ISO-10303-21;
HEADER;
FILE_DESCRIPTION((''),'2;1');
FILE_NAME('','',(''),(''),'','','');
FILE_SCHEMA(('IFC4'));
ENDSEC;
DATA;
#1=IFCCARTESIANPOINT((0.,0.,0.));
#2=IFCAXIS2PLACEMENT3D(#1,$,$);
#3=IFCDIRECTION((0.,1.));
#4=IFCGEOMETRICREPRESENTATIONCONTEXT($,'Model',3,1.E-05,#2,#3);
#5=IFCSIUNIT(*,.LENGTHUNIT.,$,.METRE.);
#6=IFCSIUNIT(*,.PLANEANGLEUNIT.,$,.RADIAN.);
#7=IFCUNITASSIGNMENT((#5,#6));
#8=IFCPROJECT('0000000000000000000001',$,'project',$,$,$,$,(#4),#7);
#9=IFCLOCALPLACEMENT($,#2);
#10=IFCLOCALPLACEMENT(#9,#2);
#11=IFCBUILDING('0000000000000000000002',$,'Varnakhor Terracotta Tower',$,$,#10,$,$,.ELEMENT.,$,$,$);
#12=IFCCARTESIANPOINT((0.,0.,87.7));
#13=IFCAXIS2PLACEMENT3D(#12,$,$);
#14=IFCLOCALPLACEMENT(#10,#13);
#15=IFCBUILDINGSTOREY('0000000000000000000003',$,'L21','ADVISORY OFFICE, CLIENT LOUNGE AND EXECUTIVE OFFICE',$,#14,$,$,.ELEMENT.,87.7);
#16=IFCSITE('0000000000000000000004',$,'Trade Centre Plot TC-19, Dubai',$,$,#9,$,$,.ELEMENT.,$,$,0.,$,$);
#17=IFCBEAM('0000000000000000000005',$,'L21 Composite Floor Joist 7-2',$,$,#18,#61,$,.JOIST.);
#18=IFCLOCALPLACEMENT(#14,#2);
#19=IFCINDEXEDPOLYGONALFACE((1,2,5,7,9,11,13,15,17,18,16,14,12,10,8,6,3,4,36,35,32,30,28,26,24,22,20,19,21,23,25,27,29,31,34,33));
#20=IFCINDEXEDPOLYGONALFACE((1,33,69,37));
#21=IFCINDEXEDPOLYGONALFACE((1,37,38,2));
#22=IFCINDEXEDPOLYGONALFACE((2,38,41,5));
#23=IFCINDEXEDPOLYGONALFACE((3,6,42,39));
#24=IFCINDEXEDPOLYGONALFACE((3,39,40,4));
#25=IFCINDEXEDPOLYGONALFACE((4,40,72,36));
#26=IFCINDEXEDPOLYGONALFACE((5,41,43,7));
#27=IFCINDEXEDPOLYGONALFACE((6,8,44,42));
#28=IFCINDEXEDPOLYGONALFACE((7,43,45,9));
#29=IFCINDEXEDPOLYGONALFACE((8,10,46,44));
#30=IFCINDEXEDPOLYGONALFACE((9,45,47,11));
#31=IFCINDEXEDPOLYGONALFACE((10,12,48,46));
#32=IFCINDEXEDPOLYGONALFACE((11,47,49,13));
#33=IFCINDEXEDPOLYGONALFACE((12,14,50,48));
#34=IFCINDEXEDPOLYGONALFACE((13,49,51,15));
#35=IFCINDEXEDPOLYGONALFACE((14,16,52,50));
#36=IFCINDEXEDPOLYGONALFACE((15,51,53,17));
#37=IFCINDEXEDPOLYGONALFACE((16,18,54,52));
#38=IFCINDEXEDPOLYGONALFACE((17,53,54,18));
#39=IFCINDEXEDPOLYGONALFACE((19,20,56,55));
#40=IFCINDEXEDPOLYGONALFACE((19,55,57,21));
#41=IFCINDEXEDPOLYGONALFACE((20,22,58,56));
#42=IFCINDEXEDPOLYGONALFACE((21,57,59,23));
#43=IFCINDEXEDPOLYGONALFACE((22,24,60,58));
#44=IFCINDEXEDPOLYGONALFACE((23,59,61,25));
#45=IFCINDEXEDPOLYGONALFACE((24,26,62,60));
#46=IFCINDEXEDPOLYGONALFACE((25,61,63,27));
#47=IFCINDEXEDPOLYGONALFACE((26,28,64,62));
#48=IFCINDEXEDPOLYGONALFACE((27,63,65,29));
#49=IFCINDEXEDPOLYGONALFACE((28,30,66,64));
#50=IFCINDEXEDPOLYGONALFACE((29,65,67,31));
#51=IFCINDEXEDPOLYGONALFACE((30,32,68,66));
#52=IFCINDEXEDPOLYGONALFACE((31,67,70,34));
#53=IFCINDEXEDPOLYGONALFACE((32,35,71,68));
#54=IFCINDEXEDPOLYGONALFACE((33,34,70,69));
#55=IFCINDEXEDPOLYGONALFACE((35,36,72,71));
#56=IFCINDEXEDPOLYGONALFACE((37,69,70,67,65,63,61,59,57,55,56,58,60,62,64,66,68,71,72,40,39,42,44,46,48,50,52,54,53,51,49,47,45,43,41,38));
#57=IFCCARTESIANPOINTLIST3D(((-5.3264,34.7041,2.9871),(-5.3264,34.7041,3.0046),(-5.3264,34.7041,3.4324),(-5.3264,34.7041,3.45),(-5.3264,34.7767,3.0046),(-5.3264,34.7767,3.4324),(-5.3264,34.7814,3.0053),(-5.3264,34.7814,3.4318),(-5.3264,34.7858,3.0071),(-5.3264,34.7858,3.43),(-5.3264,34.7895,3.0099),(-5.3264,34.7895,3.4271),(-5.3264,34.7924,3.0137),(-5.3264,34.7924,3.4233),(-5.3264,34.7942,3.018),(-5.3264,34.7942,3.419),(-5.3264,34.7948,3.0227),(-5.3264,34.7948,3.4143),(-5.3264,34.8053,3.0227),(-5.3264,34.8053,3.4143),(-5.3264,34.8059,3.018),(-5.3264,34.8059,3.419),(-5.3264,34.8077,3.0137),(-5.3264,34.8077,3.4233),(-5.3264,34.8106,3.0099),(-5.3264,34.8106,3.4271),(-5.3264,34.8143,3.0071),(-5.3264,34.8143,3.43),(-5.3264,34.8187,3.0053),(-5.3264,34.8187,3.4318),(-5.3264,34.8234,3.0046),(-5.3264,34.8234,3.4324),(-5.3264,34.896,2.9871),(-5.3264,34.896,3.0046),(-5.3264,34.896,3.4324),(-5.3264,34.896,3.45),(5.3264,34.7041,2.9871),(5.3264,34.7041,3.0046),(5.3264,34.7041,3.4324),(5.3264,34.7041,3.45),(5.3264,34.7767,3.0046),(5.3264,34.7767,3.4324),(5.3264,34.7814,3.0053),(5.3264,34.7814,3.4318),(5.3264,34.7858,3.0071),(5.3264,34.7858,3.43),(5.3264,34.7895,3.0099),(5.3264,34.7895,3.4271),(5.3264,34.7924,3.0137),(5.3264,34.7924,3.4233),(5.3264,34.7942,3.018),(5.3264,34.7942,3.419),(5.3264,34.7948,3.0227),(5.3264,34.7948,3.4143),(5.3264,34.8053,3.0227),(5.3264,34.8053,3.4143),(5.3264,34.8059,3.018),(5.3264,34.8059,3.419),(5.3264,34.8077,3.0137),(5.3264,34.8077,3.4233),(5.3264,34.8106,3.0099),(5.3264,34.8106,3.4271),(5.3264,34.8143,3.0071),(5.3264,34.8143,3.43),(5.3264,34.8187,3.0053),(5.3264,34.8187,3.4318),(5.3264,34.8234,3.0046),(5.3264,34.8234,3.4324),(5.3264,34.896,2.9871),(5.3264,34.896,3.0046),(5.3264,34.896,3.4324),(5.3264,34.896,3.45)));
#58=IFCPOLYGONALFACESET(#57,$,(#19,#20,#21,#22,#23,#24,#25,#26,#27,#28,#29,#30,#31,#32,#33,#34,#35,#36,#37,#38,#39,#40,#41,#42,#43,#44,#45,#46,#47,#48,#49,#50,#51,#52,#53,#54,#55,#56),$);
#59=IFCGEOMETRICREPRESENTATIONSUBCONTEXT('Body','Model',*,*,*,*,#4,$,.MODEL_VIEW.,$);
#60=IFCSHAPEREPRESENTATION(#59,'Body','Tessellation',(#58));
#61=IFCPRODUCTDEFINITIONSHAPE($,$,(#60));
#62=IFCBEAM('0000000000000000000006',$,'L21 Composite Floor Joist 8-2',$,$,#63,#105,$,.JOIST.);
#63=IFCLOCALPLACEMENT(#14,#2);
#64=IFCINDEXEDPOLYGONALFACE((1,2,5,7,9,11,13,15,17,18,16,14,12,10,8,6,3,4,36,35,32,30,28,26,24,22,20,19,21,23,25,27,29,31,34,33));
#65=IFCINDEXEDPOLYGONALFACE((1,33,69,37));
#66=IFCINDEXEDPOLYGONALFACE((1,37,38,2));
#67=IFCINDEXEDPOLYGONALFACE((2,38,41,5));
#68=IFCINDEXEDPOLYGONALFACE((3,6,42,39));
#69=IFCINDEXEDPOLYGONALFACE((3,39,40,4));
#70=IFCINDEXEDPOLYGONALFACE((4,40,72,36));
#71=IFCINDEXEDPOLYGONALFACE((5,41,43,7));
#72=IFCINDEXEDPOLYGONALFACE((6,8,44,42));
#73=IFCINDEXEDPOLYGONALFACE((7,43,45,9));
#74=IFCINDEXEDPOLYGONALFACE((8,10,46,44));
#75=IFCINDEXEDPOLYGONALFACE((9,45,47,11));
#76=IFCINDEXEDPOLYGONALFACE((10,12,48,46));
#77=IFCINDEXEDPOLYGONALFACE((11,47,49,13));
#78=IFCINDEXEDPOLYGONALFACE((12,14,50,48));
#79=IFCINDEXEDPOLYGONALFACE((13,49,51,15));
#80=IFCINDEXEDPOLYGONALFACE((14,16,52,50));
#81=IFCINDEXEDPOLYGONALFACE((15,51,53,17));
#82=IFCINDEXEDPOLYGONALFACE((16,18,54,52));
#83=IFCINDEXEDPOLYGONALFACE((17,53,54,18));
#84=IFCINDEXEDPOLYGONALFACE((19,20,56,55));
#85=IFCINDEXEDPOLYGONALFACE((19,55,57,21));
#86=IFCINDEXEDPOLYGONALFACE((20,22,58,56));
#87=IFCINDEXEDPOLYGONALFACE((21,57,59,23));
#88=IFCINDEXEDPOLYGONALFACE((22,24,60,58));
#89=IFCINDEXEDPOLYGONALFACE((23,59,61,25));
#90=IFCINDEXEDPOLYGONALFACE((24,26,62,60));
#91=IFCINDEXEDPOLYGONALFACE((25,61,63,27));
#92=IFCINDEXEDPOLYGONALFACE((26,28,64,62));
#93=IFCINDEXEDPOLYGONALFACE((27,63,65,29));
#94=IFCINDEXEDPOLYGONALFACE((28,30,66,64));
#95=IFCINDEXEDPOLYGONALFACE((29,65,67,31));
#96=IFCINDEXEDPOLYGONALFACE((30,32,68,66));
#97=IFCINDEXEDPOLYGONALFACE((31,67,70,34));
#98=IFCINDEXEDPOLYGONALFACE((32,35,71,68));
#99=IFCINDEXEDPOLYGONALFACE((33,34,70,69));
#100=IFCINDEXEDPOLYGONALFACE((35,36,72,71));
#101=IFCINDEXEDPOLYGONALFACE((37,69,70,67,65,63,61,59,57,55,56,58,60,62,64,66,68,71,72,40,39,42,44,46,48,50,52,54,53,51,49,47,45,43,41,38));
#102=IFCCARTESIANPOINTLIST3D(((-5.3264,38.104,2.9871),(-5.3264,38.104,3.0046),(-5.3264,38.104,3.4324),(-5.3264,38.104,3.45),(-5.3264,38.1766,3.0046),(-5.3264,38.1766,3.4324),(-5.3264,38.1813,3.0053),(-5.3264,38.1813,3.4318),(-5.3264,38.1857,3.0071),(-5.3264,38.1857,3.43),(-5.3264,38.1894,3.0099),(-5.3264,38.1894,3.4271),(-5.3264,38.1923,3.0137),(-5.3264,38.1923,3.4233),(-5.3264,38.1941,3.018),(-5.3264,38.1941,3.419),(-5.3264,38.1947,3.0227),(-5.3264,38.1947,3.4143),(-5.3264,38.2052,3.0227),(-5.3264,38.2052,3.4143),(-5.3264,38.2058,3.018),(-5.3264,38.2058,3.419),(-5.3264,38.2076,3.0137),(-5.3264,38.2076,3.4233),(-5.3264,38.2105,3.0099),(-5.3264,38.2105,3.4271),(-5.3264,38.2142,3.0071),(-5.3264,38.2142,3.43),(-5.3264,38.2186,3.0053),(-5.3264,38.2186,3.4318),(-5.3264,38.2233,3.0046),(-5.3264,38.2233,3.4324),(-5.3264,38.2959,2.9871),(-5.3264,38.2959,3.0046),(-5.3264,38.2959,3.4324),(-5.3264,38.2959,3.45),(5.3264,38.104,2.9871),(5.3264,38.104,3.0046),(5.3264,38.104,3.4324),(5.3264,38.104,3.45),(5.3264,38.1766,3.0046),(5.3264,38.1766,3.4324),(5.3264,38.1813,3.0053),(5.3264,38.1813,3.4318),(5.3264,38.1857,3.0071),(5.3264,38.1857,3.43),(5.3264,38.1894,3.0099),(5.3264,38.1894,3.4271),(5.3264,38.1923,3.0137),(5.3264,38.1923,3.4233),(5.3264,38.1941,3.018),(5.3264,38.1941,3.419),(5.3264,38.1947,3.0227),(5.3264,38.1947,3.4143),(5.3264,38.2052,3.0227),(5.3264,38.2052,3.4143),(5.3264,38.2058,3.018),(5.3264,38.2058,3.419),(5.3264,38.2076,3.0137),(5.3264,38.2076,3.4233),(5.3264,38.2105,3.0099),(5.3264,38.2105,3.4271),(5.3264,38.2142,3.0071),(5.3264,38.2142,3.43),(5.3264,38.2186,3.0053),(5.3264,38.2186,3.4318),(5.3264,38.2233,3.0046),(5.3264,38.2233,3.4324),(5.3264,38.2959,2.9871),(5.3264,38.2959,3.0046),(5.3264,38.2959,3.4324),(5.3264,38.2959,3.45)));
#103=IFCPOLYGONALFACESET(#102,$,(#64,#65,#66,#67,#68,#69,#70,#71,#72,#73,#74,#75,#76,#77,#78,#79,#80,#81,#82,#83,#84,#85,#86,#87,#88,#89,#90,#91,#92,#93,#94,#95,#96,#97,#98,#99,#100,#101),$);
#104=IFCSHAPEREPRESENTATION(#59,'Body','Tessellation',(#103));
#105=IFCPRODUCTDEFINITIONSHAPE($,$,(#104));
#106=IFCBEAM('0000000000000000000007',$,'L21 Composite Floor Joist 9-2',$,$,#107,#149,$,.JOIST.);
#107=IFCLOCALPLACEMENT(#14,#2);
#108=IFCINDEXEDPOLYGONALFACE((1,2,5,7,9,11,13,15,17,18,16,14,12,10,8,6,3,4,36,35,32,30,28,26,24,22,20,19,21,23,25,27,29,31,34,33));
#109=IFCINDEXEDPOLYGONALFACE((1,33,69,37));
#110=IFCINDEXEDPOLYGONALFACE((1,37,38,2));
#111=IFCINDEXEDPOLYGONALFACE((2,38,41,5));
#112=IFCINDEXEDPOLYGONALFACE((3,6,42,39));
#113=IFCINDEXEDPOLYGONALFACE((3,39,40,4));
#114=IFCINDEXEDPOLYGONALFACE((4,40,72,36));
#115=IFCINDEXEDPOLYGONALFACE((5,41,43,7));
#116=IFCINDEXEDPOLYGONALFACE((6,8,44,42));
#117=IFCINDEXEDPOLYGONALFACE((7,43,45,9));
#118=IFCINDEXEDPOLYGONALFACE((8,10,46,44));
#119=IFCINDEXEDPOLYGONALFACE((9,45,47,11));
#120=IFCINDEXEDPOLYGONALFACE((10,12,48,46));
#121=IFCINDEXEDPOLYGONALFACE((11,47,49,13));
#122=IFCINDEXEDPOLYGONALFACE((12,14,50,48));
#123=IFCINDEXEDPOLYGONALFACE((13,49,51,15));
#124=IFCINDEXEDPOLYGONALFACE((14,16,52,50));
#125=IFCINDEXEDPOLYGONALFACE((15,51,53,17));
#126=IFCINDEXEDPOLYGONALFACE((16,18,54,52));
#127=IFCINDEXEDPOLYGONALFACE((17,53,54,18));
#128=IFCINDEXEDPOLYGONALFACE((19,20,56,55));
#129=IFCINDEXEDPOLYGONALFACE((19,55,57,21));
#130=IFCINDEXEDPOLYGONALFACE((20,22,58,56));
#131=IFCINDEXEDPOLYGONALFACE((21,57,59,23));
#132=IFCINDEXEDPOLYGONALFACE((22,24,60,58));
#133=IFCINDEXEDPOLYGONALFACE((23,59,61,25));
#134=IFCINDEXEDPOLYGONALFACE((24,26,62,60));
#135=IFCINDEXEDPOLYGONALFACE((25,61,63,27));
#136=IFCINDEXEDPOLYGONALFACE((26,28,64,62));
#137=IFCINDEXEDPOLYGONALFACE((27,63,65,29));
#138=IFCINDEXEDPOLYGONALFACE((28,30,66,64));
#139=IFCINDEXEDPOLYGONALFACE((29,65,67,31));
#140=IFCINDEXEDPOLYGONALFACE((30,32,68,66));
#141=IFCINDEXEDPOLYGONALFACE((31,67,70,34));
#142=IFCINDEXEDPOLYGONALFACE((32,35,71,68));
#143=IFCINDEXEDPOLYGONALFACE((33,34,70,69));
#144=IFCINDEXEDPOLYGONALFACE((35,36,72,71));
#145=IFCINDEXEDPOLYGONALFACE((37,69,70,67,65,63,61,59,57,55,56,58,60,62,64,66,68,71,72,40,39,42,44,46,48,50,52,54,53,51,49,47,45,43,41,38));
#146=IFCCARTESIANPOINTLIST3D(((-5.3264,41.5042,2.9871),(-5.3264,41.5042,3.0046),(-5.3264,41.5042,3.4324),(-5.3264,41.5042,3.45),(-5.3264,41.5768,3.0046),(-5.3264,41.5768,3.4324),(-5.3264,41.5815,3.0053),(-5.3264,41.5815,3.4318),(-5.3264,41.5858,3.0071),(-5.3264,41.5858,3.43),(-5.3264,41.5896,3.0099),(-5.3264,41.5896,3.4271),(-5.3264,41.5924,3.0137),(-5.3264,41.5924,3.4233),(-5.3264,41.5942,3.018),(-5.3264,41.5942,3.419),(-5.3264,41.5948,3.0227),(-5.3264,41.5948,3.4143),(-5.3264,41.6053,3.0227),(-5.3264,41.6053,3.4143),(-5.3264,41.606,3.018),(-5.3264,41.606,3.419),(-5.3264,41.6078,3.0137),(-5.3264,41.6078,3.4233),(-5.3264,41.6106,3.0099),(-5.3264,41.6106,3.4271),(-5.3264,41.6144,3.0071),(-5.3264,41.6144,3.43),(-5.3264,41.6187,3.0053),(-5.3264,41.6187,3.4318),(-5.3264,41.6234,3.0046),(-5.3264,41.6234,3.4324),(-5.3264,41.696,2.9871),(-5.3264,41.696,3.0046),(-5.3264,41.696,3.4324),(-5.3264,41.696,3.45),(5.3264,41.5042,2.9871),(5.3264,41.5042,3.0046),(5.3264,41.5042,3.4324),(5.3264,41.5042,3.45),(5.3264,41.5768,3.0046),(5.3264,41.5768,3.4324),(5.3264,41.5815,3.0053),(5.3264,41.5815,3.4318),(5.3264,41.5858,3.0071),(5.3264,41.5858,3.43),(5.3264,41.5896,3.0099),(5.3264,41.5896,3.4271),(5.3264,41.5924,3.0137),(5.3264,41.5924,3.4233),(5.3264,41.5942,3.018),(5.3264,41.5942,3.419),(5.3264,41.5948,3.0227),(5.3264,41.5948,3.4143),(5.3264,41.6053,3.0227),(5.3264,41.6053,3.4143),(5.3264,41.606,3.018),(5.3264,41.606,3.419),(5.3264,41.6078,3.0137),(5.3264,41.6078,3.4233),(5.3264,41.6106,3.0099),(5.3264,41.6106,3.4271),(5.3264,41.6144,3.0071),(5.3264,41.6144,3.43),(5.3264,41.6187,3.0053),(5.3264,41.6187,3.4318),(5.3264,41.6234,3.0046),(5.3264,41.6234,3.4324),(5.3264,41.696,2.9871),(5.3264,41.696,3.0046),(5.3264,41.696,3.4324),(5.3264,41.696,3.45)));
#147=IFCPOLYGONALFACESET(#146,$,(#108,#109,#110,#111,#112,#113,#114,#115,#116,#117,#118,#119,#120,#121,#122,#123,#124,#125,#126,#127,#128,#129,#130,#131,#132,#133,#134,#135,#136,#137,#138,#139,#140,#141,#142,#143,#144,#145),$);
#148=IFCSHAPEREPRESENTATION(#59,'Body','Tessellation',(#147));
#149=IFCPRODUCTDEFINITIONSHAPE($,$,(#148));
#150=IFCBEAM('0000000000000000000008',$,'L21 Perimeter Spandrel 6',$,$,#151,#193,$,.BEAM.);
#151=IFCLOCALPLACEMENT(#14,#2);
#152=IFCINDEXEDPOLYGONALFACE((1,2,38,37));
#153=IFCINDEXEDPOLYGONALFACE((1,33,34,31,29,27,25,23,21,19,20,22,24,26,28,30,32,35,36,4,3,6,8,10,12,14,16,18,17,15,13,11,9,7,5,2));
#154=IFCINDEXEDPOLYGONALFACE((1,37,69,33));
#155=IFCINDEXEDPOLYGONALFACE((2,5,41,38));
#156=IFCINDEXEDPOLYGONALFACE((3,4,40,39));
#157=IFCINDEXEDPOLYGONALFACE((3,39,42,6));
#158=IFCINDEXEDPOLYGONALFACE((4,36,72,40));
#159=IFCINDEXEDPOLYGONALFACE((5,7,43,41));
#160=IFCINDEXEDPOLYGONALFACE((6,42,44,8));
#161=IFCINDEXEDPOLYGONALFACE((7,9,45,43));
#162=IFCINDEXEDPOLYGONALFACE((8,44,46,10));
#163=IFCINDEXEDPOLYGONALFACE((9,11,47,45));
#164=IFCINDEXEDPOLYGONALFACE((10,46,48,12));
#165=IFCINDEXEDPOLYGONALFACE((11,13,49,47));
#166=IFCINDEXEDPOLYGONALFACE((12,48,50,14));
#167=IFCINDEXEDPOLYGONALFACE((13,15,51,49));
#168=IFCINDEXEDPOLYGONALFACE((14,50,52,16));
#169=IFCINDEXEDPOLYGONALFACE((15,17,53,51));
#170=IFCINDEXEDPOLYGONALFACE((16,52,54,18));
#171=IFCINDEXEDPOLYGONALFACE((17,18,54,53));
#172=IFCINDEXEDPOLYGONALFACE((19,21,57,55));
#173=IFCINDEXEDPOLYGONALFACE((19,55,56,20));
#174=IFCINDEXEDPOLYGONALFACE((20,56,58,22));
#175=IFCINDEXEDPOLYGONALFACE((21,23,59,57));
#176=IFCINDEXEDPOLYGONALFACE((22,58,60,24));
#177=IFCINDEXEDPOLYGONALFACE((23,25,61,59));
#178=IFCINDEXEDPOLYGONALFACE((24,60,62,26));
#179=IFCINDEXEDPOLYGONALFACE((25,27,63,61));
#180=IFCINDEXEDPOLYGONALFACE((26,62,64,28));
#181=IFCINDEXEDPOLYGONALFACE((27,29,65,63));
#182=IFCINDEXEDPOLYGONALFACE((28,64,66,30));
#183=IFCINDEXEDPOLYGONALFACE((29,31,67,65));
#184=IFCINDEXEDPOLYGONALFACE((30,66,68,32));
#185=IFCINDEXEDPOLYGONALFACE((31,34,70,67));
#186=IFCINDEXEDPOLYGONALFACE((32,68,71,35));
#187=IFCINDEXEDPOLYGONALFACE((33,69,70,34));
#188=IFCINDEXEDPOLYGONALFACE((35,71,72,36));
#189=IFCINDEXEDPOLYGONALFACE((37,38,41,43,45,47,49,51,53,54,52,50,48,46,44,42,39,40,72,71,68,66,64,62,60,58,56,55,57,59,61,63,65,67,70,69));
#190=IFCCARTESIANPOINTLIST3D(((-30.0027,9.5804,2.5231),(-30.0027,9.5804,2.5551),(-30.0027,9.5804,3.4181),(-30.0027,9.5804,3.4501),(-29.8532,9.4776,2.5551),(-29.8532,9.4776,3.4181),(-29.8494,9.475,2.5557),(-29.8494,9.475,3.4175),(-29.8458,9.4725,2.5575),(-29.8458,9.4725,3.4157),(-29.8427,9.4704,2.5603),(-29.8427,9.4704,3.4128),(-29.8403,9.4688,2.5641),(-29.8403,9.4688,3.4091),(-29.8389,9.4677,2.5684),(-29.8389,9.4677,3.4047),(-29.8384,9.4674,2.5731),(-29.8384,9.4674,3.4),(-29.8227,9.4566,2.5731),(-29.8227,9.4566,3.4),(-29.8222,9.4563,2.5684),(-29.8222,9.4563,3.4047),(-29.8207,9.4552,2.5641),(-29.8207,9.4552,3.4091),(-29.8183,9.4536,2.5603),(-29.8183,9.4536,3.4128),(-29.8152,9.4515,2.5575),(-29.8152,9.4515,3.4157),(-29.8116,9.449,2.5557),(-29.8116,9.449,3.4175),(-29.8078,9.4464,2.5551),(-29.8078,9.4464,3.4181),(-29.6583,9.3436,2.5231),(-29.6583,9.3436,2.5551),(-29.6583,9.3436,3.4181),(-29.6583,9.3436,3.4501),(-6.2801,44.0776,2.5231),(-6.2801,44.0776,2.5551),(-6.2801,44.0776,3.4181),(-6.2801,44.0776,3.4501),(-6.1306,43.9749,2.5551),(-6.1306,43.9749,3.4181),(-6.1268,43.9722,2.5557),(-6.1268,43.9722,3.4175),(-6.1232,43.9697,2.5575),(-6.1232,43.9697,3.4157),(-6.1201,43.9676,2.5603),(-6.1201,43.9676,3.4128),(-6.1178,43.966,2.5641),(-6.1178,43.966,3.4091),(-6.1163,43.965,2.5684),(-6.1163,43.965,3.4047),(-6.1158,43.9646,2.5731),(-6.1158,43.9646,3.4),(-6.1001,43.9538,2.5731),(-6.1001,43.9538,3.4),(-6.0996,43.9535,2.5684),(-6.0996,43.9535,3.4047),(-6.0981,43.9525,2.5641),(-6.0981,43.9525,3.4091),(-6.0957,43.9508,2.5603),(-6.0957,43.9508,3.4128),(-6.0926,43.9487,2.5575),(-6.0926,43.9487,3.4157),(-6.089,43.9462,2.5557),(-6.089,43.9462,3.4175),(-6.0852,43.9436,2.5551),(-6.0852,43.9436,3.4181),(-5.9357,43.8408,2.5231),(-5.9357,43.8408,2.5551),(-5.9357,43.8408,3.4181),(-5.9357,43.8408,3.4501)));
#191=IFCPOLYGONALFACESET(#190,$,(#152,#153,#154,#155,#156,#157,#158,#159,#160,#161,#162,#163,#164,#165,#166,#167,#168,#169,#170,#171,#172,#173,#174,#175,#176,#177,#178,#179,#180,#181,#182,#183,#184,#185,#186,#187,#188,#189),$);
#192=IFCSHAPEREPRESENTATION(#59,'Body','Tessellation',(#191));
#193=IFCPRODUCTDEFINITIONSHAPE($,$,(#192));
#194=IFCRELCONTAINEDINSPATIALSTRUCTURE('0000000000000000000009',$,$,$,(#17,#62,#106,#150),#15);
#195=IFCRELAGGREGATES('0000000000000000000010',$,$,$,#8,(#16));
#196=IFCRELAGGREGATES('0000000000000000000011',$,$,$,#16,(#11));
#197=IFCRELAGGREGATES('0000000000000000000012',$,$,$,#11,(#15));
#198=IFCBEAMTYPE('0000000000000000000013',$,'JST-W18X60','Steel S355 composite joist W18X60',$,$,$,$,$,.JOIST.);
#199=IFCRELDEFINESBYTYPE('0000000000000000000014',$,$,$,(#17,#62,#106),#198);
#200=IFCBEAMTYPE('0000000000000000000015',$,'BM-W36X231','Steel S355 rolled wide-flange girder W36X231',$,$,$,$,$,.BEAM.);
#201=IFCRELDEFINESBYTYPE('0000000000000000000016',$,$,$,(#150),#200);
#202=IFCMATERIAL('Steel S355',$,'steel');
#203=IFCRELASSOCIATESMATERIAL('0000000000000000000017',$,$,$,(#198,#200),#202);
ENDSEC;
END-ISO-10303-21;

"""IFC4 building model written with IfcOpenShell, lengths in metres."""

from ifc_helpers import new_model, si_unit, direction, frame, origin, origin_2d, place, context, subcontext, project, spatial, i_section, extrude, source, transform, mapped, material, material_profile, profile_set, type_object, element, save


model = new_model("IFC4")

# Units and contexts
model_context = context("Model", 3, precision=1e-05, world=origin(), true_north=direction((0.0, 1.0)))
body_context = subcontext(model_context, "Body", "Model", "MODEL_VIEW")
ifc_project = project(units=[si_unit("LENGTHUNIT", "METRE"), si_unit("PLANEANGLEUNIT", "RADIAN")], contexts=[model_context])

# Site, building, storey
site_placement = place(None, origin())
site = spatial("IfcSite", under=ifc_project, at=site_placement, Name="Trade Centre Plot TC-19, Dubai", CompositionType="ELEMENT", RefElevation=0.0)
building_placement = place(site_placement, origin())
building = spatial("IfcBuilding", under=site, at=building_placement, Name="Varnakhor Terracotta Tower", CompositionType="ELEMENT")
storey_placement = place(building_placement, frame((0.0, 0.0, 87.7)))
storey = spatial("IfcBuildingStorey", under=building, at=storey_placement, Name="L21", Description="ADVISORY OFFICE, CLIENT LOUNGE AND EXECUTIVE OFFICE", CompositionType="ELEMENT", Elevation=87.7)

# Beams
ifc_material_1 = material(Name="Steel S355", Category="steel")
ifc_material_profile_1 = material_profile(ifc_material_1, i_section(OverallWidth=0.1919, OverallDepth=0.4629, WebThickness=0.0105, FlangeThickness=0.0176, FilletRadius=0.0181, at=origin_2d()), Name="W18X60")
ifc_profile_set_1 = profile_set([ifc_material_profile_1], Name="Steel S355")
beam_type_1 = type_object("IfcBeamType", Name="JST-W18X60", Description="Steel S355 composite joist W18X60", PredefinedType="JOIST", material=ifc_profile_set_1)
shared_shape_1 = source(origin(), body_context, "Body", "SweptSolid", [
    extrude(i_section(OverallWidth=0.1919, OverallDepth=0.4629, WebThickness=0.0105, FlangeThickness=0.0176, FilletRadius=0.0181, at=origin_2d()), origin(), (0.0, 0.0, 1.0), 10.6528),
])
for number, where, z_axis, x_axis, name in (
    (1, (-5.3264, 34.8, 3.2185), (1.0, 0.0, 0.0), (0.0, 1.0, 0.0), "L21 Composite Floor Joist 7-2"),
    (2, (-5.3264, 38.2, 3.2185), (1.0, 0.0, 0.0), (0.0, 1.0, 0.0), "L21 Composite Floor Joist 8-2"),
    (3, (-5.3264, 41.6001, 3.2185), (1.0, 0.0, 0.0), (0.0, 1.0, 0.0), "L21 Composite Floor Joist 9-2"),
):
    element("IfcBeam", number, at=place(storey_placement, frame(where, z_axis=z_axis, x_axis=x_axis)), inside=storey, type_object=beam_type_1, Name=name, PredefinedType="JOIST", context=body_context, shape_type="MappedRepresentation", body=[
        mapped(shared_shape_1, transform((0.0, 0.0, 0.0), scale=1.0)),
    ])
ifc_material_profile_2 = material_profile(ifc_material_1, i_section(OverallWidth=0.418, OverallDepth=0.927, WebThickness=0.019, FlangeThickness=0.032, FilletRadius=0.0181, at=origin_2d()), Name="W36X231")
ifc_profile_set_2 = profile_set([ifc_material_profile_2], Name="Steel S355")
beam_type_2 = type_object("IfcBeamType", Name="BM-W36X231", Description="Steel S355 rolled wide-flange girder W36X231", PredefinedType="BEAM", material=ifc_profile_set_2)
shared_shape_2 = source(origin(), body_context, "Body", "SweptSolid", [
    extrude(i_section(OverallWidth=0.418, OverallDepth=0.927, WebThickness=0.019, FlangeThickness=0.032, FilletRadius=0.0181, at=origin_2d()), origin(), (0.0, 0.0, 1.0), 41.8667),
])
beam_1_placement = place(storey_placement, frame((-6.1079, 43.9592, 2.9866), z_axis=(-0.566622, -0.823978, 0.0), x_axis=(0.823978, -0.566622, 0.0)))
element("IfcBeam", 4, at=beam_1_placement, inside=storey, type_object=beam_type_2, Name="L21 Perimeter Spandrel 6", PredefinedType="BEAM", context=body_context, shape_type="MappedRepresentation", body=[
    mapped(shared_shape_2, transform((0.0, 0.0, 0.0), scale=1.0)),
])

save(model, "model.ifc")
